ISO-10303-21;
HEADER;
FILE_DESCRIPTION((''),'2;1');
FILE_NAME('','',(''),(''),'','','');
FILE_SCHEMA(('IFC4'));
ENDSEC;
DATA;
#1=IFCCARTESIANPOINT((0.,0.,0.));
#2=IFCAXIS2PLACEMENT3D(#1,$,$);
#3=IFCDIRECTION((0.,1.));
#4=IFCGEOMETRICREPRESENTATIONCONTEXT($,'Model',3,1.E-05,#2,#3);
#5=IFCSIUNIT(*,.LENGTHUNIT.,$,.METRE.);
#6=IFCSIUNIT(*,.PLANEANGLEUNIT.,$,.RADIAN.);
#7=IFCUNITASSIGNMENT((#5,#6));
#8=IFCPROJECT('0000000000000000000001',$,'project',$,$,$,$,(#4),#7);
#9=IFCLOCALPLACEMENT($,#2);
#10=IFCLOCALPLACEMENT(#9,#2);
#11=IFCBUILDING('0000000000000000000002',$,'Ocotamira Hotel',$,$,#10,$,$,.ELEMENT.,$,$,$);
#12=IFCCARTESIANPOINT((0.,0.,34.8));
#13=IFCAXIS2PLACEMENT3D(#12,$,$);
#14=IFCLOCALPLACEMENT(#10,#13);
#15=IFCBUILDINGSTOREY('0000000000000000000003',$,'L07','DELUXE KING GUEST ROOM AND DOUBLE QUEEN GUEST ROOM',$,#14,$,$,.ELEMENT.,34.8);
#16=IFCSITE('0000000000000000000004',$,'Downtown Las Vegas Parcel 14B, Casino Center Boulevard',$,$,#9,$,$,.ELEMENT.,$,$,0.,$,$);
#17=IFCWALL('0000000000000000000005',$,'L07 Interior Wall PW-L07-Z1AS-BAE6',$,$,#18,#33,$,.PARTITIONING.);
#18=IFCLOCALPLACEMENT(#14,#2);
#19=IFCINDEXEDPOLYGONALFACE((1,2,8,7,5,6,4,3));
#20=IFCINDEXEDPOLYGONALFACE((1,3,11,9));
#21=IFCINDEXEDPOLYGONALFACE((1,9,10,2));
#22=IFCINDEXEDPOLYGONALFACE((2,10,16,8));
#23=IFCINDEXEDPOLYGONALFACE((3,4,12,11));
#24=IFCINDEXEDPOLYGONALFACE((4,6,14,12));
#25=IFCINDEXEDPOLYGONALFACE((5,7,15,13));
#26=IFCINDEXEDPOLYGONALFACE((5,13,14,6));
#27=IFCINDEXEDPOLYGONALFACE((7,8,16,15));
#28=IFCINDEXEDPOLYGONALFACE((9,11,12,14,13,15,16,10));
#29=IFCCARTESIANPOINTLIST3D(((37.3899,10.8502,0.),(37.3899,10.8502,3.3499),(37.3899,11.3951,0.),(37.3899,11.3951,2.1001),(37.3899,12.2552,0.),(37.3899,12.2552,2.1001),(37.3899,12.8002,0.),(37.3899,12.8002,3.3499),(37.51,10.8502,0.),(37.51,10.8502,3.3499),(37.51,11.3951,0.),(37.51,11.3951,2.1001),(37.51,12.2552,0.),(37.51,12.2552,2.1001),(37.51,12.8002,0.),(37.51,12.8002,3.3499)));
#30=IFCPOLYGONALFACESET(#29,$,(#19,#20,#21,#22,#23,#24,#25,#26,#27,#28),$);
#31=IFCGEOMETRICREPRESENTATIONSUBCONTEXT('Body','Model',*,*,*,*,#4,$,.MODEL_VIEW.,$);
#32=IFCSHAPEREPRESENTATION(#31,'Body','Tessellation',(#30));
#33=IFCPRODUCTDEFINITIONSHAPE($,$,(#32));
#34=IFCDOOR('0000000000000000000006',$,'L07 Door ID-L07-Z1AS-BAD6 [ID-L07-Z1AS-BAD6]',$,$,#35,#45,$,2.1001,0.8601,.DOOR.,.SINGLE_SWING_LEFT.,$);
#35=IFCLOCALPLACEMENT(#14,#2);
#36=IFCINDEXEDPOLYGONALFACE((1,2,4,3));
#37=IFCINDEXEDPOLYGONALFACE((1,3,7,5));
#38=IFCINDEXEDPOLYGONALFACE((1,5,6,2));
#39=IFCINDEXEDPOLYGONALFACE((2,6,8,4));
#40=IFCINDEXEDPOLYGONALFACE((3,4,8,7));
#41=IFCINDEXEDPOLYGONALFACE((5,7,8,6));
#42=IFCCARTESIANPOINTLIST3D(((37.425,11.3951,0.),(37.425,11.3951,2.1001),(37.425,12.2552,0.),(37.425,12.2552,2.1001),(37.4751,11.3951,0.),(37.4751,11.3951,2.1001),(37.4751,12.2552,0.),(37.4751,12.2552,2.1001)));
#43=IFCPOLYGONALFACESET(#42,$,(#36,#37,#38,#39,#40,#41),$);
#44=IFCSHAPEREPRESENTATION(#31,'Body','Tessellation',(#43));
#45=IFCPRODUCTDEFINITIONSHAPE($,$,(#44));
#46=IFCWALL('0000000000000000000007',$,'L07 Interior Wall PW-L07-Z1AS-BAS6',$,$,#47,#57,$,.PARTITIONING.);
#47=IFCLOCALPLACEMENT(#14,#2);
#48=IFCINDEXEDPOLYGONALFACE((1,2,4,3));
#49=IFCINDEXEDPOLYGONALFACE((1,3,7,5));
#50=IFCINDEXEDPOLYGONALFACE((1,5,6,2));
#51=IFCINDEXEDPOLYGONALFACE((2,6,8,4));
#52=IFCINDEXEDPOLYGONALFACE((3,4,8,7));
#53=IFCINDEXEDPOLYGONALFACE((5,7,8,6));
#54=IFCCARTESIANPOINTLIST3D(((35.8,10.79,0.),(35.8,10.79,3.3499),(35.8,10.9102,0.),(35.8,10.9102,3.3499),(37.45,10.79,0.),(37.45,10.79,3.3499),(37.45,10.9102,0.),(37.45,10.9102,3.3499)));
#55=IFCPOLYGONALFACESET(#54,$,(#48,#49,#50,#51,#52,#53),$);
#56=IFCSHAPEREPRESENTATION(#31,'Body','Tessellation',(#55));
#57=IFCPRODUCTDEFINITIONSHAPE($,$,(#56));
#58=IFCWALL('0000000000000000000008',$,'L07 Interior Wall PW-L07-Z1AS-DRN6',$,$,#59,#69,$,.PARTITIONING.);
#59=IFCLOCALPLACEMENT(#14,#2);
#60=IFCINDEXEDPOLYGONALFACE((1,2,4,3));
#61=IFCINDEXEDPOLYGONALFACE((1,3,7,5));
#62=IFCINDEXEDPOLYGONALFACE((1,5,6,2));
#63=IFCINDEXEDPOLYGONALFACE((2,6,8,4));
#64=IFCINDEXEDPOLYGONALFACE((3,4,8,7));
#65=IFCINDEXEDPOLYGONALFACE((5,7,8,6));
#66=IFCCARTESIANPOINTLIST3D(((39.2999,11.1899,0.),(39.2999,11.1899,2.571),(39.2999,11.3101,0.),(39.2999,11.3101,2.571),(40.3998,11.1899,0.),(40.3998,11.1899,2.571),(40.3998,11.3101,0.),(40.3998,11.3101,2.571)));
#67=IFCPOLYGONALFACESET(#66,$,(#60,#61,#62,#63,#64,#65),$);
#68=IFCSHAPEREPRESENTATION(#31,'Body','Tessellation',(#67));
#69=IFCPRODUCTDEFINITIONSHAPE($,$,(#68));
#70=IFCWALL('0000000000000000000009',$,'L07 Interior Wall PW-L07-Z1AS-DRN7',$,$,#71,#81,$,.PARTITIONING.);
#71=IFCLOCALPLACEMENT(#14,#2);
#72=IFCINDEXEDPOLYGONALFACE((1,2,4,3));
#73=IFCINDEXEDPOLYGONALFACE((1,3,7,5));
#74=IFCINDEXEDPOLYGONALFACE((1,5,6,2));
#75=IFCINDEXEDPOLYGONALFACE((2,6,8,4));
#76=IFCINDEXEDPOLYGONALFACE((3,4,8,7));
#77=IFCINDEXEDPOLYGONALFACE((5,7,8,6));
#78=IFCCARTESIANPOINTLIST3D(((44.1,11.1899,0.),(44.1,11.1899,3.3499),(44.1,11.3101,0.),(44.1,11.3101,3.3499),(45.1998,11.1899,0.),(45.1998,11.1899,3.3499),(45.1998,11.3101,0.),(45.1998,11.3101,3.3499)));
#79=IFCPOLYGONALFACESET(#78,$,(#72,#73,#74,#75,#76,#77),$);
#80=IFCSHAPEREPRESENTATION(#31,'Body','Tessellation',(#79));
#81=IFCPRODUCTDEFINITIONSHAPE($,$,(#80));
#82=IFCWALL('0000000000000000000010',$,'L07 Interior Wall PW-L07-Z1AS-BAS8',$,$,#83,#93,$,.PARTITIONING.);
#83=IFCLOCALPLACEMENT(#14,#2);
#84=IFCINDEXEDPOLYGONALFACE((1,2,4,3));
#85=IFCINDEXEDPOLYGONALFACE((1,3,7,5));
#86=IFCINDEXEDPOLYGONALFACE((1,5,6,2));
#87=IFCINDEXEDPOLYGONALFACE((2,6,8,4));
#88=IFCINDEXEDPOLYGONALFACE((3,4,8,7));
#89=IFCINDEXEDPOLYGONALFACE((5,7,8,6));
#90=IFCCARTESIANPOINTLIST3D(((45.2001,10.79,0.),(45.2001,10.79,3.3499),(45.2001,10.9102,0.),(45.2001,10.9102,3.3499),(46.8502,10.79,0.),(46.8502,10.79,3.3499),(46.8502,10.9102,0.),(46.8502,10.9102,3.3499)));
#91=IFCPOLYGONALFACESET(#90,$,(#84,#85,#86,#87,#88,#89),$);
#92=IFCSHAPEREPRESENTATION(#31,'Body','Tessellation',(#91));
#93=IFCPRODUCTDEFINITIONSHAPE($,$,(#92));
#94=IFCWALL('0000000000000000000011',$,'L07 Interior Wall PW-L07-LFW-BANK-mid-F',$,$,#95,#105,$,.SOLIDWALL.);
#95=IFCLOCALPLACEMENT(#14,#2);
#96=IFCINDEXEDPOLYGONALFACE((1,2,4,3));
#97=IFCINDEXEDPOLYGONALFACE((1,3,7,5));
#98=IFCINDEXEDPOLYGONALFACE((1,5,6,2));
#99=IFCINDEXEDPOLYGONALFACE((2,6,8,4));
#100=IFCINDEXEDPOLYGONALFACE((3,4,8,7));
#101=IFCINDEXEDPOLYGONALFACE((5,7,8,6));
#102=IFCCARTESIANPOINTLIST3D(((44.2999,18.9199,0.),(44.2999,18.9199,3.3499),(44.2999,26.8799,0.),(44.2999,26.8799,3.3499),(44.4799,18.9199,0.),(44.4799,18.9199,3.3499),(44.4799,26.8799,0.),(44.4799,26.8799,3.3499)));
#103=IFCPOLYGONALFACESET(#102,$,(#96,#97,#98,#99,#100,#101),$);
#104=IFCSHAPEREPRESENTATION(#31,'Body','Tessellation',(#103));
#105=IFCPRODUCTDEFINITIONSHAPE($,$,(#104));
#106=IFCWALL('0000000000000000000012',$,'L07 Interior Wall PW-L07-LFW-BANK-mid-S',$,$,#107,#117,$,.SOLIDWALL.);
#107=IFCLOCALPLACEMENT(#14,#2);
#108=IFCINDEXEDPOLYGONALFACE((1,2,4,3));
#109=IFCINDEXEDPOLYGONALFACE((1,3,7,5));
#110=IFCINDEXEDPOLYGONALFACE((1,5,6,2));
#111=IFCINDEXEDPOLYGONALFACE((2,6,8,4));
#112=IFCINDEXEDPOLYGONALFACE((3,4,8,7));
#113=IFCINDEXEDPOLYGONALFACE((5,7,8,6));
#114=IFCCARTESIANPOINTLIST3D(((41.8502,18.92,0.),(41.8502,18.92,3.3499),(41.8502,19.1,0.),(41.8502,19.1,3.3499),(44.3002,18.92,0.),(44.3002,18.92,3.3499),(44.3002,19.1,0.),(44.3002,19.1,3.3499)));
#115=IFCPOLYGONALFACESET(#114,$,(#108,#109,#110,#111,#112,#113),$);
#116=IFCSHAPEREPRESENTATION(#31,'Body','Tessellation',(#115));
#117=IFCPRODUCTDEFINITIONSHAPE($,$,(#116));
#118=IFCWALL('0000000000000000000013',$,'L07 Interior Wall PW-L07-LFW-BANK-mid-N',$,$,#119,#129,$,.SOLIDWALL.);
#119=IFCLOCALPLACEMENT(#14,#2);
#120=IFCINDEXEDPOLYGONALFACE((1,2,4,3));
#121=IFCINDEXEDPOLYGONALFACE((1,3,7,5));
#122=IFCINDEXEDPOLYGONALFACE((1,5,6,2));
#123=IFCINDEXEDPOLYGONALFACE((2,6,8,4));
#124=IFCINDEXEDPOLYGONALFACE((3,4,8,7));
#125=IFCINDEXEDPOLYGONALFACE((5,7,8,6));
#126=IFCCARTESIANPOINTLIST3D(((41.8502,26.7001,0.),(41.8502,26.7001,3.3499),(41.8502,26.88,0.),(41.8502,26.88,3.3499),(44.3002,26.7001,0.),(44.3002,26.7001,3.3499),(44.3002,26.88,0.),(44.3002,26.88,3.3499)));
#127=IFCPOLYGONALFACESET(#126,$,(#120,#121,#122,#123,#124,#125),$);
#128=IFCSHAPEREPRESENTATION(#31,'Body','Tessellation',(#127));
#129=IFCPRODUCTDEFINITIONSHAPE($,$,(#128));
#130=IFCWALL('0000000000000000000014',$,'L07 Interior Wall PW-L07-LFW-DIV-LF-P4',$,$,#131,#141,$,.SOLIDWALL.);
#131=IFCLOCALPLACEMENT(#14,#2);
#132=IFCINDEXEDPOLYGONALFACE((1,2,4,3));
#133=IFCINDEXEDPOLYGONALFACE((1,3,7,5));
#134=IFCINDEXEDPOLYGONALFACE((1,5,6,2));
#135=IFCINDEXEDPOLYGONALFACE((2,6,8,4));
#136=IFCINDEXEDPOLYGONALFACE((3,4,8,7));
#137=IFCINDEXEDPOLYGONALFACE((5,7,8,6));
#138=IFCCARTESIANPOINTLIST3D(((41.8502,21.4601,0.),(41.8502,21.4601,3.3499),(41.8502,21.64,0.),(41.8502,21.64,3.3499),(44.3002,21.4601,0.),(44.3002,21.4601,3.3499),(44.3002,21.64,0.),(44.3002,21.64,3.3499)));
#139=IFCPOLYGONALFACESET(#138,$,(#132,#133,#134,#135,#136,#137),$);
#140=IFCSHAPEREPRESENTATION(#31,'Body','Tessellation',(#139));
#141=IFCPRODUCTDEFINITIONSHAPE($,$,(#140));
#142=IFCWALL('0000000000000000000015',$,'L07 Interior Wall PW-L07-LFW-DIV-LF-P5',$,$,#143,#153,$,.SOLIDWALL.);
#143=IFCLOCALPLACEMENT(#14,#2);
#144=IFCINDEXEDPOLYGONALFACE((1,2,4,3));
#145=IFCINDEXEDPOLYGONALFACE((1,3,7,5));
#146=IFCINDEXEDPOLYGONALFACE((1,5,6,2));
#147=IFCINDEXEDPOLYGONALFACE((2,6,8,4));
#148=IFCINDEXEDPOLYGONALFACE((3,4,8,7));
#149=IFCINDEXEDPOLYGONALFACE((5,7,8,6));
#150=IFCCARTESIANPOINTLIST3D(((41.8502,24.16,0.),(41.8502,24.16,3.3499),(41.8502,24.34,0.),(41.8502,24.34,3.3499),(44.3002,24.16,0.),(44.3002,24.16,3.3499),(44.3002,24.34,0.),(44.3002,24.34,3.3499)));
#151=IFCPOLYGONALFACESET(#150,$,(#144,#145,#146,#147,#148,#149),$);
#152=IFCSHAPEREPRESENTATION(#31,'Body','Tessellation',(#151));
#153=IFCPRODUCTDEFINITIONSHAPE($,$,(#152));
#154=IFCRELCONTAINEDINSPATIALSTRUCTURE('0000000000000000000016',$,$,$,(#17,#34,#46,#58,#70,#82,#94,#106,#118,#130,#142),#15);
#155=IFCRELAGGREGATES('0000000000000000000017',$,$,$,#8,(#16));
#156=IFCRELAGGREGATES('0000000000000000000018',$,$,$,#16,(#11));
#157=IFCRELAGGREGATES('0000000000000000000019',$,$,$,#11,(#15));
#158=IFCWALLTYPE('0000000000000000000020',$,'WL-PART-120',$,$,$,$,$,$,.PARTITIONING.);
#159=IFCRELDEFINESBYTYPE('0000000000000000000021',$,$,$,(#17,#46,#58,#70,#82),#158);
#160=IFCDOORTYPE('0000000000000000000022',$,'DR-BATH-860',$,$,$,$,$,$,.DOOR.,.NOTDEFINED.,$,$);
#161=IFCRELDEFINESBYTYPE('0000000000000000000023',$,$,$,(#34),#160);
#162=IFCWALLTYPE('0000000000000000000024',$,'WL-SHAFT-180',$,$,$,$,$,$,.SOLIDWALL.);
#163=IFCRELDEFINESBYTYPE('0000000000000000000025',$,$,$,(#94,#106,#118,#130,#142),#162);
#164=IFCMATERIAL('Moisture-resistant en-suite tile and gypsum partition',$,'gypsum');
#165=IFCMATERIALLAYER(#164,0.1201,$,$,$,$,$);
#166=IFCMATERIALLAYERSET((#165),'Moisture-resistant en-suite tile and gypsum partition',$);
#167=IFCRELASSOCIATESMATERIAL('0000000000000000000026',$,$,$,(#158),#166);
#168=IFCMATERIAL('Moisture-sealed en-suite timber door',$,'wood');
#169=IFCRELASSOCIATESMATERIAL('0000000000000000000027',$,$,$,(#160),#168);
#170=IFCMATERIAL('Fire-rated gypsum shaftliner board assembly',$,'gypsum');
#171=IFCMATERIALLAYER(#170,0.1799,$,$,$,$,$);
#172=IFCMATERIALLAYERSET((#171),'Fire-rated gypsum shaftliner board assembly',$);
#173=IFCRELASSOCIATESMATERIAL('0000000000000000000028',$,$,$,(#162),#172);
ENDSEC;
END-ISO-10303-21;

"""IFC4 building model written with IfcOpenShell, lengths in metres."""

from ifc_helpers import new_model, si_unit, direction, frame, frame_2d, origin, place, context, subcontext, project, spatial, rectangle, extrude, source, transform, mapped, material, layer, layer_set, type_object, element, fill, save


model = new_model("IFC4")

# Units and contexts
model_context = context("Model", 3, precision=1e-05, world=origin(), true_north=direction((0.0, 1.0)))
body_context = subcontext(model_context, "Body", "Model", "MODEL_VIEW")
ifc_project = project(units=[si_unit("LENGTHUNIT", "METRE"), si_unit("PLANEANGLEUNIT", "RADIAN")], contexts=[model_context])

# Site, building, storey
site_placement = place(None, origin())
site = spatial("IfcSite", under=ifc_project, at=site_placement, Name="Downtown Las Vegas Parcel 14B, Casino Center Boulevard", CompositionType="ELEMENT", RefElevation=0.0)
building_placement = place(site_placement, origin())
building = spatial("IfcBuilding", under=site, at=building_placement, Name="Ocotamira Hotel", CompositionType="ELEMENT")
storey_placement = place(building_placement, frame((0.0, 0.0, 34.8)))
storey = spatial("IfcBuildingStorey", under=building, at=storey_placement, Name="L07", Description="DELUXE KING GUEST ROOM AND DOUBLE QUEEN GUEST ROOM", CompositionType="ELEMENT", Elevation=34.8)

# Shared definitions
ifc_material_1 = material(Name="Moisture-resistant en-suite tile and gypsum partition", Category="gypsum")
ifc_layer_1 = layer(ifc_material_1, 0.1201)
ifc_layer_set_1 = layer_set([ifc_layer_1], Name="Moisture-resistant en-suite tile and gypsum partition")
wall_type_1 = type_object("IfcWallType", Name="WL-PART-120", PredefinedType="PARTITIONING", material=ifc_layer_set_1)

# Wall, opening, door
wall_1_placement = place(storey_placement, frame((37.45, 10.8501, 0.0), z_axis=(0.0, 0.0, 1.0), x_axis=(0.0, 1.0, 0.0)))
wall_1 = element("IfcWall", 1, at=wall_1_placement, inside=storey, type_object=wall_type_1, Name="L07 Interior Wall PW-L07-Z1AS-BAE6", PredefinedType="PARTITIONING", context=body_context, shape_type="SweptSolid", body=[
    extrude(rectangle(XDim=1.95, YDim=0.1201, at=frame_2d((0.9751, 0.0))), origin(), (0.0, 0.0, 1.0), 3.3499),
])
opening_1_placement = place(wall_1_placement, frame((0.5449, 0.0, 0.0)))
opening_1 = element("IfcOpeningElement", 2, at=opening_1_placement, cuts=wall_1, PredefinedType="OPENING", context=body_context, shape_type="SweptSolid", body=[
    extrude(rectangle(XDim=0.8601, YDim=2.1001, at=frame_2d((0.4302, 1.05))), frame((0.0, 0.0701, 0.0), z_axis=(0.0, -1.0, 0.0), x_axis=(1.0, 0.0, 0.0)), (0.0, 0.0, 1.0), 0.1401),
])
ifc_material_2 = material(Name="Moisture-sealed en-suite timber door", Category="wood")
door_type_1 = type_object("IfcDoorType", Name="DR-BATH-860", OperationType="NOTDEFINED", PredefinedType="DOOR", material=ifc_material_2)
shared_shape_1 = source(origin(), body_context, "Body", "SweptSolid", [
    extrude(rectangle(XDim=0.8601, YDim=2.1001, at=frame_2d((0.4302, 1.05))), frame((0.0, 0.0249, 0.0), z_axis=(0.0, -1.0, 0.0), x_axis=(1.0, 0.0, 0.0)), (0.0, 0.0, 1.0), 0.05),
])
door_1_placement = place(opening_1_placement, origin())
door_1 = element("IfcDoor", 3, at=door_1_placement, inside=storey, type_object=door_type_1, Name="L07 Door ID-L07-Z1AS-BAD6 [ID-L07-Z1AS-BAD6]", OperationType="SINGLE_SWING_LEFT", OverallHeight=2.1001, OverallWidth=0.8601, PredefinedType="DOOR", context=body_context, shape_type="MappedRepresentation", body=[
    mapped(shared_shape_1, transform((0.0, 0.0, 0.0), scale=1.0)),
])
fill(opening_1, door_1)

# Walls
wall_2_placement = place(storey_placement, frame((35.8, 10.8501, 0.0), z_axis=(0.0, 0.0, 1.0), x_axis=(1.0, 0.0, 0.0)))
element("IfcWall", 4, at=wall_2_placement, inside=storey, type_object=wall_type_1, Name="L07 Interior Wall PW-L07-Z1AS-BAS6", PredefinedType="PARTITIONING", context=body_context, shape_type="SweptSolid", body=[
    extrude(rectangle(XDim=1.6499, YDim=0.1201, at=frame_2d((0.825, 0.0))), origin(), (0.0, 0.0, 1.0), 3.3499),
])
wall_3_placement = place(storey_placement, frame((39.3, 11.25, 0.0), z_axis=(0.0, 0.0, 1.0), x_axis=(1.0, 0.0, 0.0)))
element("IfcWall", 5, at=wall_3_placement, inside=storey, type_object=wall_type_1, Name="L07 Interior Wall PW-L07-Z1AS-DRN6", PredefinedType="PARTITIONING", context=body_context, shape_type="SweptSolid", body=[
    extrude(rectangle(XDim=1.0999, YDim=0.1201, at=frame_2d((0.5498, 0.0))), origin(), (0.0, 0.0, 1.0), 2.571),
])
wall_4_placement = place(storey_placement, frame((44.1001, 11.25, 0.0), z_axis=(0.0, 0.0, 1.0), x_axis=(1.0, 0.0, 0.0)))
element("IfcWall", 6, at=wall_4_placement, inside=storey, type_object=wall_type_1, Name="L07 Interior Wall PW-L07-Z1AS-DRN7", PredefinedType="PARTITIONING", context=body_context, shape_type="SweptSolid", body=[
    extrude(rectangle(XDim=1.0999, YDim=0.1201, at=frame_2d((0.5498, 0.0))), origin(), (0.0, 0.0, 1.0), 3.3499),
])
wall_5_placement = place(storey_placement, frame((45.2, 10.8501, 0.0), z_axis=(0.0, 0.0, 1.0), x_axis=(1.0, 0.0, 0.0)))
element("IfcWall", 7, at=wall_5_placement, inside=storey, type_object=wall_type_1, Name="L07 Interior Wall PW-L07-Z1AS-BAS8", PredefinedType="PARTITIONING", context=body_context, shape_type="SweptSolid", body=[
    extrude(rectangle(XDim=1.6501, YDim=0.1201, at=frame_2d((0.8252, 0.0))), origin(), (0.0, 0.0, 1.0), 3.3499),
])
ifc_material_3 = material(Name="Fire-rated gypsum shaftliner board assembly", Category="gypsum")
ifc_layer_2 = layer(ifc_material_3, 0.1799)
ifc_layer_set_2 = layer_set([ifc_layer_2], Name="Fire-rated gypsum shaftliner board assembly")
wall_type_2 = type_object("IfcWallType", Name="WL-SHAFT-180", PredefinedType="SOLIDWALL", material=ifc_layer_set_2)
wall_6_placement = place(storey_placement, frame((44.3899, 18.9199, 0.0), z_axis=(0.0, 0.0, 1.0), x_axis=(0.0, 1.0, 0.0)))
element("IfcWall", 8, at=wall_6_placement, inside=storey, type_object=wall_type_2, Name="L07 Interior Wall PW-L07-LFW-BANK-mid-F", PredefinedType="SOLIDWALL", context=body_context, shape_type="SweptSolid", body=[
    extrude(rectangle(XDim=7.96, YDim=0.1799, at=frame_2d((3.98, 0.0))), origin(), (0.0, 0.0, 1.0), 3.3499),
])
for number, where, z_axis, x_axis, name in (
    (9, (41.8501, 19.01, 0.0), (0.0, 0.0, 1.0), (1.0, 0.0, 0.0), "L07 Interior Wall PW-L07-LFW-BANK-mid-S"),
    (10, (41.8501, 26.79, 0.0), (0.0, 0.0, 1.0), (1.0, 0.0, 0.0), "L07 Interior Wall PW-L07-LFW-BANK-mid-N"),
    (11, (41.8501, 21.55, 0.0), (0.0, 0.0, 1.0), (1.0, 0.0, 0.0), "L07 Interior Wall PW-L07-LFW-DIV-LF-P4"),
    (12, (41.8501, 24.25, 0.0), (0.0, 0.0, 1.0), (1.0, 0.0, 0.0), "L07 Interior Wall PW-L07-LFW-DIV-LF-P5"),
):
    element("IfcWall", number, at=place(storey_placement, frame(where, z_axis=z_axis, x_axis=x_axis)), inside=storey, type_object=wall_type_2, Name=name, PredefinedType="SOLIDWALL", context=body_context, shape_type="SweptSolid", body=[
        extrude(rectangle(XDim=2.45, YDim=0.1799, at=frame_2d((1.2251, 0.0))), origin(), (0.0, 0.0, 1.0), 3.3499),
    ])

save(model, "model.ifc")
